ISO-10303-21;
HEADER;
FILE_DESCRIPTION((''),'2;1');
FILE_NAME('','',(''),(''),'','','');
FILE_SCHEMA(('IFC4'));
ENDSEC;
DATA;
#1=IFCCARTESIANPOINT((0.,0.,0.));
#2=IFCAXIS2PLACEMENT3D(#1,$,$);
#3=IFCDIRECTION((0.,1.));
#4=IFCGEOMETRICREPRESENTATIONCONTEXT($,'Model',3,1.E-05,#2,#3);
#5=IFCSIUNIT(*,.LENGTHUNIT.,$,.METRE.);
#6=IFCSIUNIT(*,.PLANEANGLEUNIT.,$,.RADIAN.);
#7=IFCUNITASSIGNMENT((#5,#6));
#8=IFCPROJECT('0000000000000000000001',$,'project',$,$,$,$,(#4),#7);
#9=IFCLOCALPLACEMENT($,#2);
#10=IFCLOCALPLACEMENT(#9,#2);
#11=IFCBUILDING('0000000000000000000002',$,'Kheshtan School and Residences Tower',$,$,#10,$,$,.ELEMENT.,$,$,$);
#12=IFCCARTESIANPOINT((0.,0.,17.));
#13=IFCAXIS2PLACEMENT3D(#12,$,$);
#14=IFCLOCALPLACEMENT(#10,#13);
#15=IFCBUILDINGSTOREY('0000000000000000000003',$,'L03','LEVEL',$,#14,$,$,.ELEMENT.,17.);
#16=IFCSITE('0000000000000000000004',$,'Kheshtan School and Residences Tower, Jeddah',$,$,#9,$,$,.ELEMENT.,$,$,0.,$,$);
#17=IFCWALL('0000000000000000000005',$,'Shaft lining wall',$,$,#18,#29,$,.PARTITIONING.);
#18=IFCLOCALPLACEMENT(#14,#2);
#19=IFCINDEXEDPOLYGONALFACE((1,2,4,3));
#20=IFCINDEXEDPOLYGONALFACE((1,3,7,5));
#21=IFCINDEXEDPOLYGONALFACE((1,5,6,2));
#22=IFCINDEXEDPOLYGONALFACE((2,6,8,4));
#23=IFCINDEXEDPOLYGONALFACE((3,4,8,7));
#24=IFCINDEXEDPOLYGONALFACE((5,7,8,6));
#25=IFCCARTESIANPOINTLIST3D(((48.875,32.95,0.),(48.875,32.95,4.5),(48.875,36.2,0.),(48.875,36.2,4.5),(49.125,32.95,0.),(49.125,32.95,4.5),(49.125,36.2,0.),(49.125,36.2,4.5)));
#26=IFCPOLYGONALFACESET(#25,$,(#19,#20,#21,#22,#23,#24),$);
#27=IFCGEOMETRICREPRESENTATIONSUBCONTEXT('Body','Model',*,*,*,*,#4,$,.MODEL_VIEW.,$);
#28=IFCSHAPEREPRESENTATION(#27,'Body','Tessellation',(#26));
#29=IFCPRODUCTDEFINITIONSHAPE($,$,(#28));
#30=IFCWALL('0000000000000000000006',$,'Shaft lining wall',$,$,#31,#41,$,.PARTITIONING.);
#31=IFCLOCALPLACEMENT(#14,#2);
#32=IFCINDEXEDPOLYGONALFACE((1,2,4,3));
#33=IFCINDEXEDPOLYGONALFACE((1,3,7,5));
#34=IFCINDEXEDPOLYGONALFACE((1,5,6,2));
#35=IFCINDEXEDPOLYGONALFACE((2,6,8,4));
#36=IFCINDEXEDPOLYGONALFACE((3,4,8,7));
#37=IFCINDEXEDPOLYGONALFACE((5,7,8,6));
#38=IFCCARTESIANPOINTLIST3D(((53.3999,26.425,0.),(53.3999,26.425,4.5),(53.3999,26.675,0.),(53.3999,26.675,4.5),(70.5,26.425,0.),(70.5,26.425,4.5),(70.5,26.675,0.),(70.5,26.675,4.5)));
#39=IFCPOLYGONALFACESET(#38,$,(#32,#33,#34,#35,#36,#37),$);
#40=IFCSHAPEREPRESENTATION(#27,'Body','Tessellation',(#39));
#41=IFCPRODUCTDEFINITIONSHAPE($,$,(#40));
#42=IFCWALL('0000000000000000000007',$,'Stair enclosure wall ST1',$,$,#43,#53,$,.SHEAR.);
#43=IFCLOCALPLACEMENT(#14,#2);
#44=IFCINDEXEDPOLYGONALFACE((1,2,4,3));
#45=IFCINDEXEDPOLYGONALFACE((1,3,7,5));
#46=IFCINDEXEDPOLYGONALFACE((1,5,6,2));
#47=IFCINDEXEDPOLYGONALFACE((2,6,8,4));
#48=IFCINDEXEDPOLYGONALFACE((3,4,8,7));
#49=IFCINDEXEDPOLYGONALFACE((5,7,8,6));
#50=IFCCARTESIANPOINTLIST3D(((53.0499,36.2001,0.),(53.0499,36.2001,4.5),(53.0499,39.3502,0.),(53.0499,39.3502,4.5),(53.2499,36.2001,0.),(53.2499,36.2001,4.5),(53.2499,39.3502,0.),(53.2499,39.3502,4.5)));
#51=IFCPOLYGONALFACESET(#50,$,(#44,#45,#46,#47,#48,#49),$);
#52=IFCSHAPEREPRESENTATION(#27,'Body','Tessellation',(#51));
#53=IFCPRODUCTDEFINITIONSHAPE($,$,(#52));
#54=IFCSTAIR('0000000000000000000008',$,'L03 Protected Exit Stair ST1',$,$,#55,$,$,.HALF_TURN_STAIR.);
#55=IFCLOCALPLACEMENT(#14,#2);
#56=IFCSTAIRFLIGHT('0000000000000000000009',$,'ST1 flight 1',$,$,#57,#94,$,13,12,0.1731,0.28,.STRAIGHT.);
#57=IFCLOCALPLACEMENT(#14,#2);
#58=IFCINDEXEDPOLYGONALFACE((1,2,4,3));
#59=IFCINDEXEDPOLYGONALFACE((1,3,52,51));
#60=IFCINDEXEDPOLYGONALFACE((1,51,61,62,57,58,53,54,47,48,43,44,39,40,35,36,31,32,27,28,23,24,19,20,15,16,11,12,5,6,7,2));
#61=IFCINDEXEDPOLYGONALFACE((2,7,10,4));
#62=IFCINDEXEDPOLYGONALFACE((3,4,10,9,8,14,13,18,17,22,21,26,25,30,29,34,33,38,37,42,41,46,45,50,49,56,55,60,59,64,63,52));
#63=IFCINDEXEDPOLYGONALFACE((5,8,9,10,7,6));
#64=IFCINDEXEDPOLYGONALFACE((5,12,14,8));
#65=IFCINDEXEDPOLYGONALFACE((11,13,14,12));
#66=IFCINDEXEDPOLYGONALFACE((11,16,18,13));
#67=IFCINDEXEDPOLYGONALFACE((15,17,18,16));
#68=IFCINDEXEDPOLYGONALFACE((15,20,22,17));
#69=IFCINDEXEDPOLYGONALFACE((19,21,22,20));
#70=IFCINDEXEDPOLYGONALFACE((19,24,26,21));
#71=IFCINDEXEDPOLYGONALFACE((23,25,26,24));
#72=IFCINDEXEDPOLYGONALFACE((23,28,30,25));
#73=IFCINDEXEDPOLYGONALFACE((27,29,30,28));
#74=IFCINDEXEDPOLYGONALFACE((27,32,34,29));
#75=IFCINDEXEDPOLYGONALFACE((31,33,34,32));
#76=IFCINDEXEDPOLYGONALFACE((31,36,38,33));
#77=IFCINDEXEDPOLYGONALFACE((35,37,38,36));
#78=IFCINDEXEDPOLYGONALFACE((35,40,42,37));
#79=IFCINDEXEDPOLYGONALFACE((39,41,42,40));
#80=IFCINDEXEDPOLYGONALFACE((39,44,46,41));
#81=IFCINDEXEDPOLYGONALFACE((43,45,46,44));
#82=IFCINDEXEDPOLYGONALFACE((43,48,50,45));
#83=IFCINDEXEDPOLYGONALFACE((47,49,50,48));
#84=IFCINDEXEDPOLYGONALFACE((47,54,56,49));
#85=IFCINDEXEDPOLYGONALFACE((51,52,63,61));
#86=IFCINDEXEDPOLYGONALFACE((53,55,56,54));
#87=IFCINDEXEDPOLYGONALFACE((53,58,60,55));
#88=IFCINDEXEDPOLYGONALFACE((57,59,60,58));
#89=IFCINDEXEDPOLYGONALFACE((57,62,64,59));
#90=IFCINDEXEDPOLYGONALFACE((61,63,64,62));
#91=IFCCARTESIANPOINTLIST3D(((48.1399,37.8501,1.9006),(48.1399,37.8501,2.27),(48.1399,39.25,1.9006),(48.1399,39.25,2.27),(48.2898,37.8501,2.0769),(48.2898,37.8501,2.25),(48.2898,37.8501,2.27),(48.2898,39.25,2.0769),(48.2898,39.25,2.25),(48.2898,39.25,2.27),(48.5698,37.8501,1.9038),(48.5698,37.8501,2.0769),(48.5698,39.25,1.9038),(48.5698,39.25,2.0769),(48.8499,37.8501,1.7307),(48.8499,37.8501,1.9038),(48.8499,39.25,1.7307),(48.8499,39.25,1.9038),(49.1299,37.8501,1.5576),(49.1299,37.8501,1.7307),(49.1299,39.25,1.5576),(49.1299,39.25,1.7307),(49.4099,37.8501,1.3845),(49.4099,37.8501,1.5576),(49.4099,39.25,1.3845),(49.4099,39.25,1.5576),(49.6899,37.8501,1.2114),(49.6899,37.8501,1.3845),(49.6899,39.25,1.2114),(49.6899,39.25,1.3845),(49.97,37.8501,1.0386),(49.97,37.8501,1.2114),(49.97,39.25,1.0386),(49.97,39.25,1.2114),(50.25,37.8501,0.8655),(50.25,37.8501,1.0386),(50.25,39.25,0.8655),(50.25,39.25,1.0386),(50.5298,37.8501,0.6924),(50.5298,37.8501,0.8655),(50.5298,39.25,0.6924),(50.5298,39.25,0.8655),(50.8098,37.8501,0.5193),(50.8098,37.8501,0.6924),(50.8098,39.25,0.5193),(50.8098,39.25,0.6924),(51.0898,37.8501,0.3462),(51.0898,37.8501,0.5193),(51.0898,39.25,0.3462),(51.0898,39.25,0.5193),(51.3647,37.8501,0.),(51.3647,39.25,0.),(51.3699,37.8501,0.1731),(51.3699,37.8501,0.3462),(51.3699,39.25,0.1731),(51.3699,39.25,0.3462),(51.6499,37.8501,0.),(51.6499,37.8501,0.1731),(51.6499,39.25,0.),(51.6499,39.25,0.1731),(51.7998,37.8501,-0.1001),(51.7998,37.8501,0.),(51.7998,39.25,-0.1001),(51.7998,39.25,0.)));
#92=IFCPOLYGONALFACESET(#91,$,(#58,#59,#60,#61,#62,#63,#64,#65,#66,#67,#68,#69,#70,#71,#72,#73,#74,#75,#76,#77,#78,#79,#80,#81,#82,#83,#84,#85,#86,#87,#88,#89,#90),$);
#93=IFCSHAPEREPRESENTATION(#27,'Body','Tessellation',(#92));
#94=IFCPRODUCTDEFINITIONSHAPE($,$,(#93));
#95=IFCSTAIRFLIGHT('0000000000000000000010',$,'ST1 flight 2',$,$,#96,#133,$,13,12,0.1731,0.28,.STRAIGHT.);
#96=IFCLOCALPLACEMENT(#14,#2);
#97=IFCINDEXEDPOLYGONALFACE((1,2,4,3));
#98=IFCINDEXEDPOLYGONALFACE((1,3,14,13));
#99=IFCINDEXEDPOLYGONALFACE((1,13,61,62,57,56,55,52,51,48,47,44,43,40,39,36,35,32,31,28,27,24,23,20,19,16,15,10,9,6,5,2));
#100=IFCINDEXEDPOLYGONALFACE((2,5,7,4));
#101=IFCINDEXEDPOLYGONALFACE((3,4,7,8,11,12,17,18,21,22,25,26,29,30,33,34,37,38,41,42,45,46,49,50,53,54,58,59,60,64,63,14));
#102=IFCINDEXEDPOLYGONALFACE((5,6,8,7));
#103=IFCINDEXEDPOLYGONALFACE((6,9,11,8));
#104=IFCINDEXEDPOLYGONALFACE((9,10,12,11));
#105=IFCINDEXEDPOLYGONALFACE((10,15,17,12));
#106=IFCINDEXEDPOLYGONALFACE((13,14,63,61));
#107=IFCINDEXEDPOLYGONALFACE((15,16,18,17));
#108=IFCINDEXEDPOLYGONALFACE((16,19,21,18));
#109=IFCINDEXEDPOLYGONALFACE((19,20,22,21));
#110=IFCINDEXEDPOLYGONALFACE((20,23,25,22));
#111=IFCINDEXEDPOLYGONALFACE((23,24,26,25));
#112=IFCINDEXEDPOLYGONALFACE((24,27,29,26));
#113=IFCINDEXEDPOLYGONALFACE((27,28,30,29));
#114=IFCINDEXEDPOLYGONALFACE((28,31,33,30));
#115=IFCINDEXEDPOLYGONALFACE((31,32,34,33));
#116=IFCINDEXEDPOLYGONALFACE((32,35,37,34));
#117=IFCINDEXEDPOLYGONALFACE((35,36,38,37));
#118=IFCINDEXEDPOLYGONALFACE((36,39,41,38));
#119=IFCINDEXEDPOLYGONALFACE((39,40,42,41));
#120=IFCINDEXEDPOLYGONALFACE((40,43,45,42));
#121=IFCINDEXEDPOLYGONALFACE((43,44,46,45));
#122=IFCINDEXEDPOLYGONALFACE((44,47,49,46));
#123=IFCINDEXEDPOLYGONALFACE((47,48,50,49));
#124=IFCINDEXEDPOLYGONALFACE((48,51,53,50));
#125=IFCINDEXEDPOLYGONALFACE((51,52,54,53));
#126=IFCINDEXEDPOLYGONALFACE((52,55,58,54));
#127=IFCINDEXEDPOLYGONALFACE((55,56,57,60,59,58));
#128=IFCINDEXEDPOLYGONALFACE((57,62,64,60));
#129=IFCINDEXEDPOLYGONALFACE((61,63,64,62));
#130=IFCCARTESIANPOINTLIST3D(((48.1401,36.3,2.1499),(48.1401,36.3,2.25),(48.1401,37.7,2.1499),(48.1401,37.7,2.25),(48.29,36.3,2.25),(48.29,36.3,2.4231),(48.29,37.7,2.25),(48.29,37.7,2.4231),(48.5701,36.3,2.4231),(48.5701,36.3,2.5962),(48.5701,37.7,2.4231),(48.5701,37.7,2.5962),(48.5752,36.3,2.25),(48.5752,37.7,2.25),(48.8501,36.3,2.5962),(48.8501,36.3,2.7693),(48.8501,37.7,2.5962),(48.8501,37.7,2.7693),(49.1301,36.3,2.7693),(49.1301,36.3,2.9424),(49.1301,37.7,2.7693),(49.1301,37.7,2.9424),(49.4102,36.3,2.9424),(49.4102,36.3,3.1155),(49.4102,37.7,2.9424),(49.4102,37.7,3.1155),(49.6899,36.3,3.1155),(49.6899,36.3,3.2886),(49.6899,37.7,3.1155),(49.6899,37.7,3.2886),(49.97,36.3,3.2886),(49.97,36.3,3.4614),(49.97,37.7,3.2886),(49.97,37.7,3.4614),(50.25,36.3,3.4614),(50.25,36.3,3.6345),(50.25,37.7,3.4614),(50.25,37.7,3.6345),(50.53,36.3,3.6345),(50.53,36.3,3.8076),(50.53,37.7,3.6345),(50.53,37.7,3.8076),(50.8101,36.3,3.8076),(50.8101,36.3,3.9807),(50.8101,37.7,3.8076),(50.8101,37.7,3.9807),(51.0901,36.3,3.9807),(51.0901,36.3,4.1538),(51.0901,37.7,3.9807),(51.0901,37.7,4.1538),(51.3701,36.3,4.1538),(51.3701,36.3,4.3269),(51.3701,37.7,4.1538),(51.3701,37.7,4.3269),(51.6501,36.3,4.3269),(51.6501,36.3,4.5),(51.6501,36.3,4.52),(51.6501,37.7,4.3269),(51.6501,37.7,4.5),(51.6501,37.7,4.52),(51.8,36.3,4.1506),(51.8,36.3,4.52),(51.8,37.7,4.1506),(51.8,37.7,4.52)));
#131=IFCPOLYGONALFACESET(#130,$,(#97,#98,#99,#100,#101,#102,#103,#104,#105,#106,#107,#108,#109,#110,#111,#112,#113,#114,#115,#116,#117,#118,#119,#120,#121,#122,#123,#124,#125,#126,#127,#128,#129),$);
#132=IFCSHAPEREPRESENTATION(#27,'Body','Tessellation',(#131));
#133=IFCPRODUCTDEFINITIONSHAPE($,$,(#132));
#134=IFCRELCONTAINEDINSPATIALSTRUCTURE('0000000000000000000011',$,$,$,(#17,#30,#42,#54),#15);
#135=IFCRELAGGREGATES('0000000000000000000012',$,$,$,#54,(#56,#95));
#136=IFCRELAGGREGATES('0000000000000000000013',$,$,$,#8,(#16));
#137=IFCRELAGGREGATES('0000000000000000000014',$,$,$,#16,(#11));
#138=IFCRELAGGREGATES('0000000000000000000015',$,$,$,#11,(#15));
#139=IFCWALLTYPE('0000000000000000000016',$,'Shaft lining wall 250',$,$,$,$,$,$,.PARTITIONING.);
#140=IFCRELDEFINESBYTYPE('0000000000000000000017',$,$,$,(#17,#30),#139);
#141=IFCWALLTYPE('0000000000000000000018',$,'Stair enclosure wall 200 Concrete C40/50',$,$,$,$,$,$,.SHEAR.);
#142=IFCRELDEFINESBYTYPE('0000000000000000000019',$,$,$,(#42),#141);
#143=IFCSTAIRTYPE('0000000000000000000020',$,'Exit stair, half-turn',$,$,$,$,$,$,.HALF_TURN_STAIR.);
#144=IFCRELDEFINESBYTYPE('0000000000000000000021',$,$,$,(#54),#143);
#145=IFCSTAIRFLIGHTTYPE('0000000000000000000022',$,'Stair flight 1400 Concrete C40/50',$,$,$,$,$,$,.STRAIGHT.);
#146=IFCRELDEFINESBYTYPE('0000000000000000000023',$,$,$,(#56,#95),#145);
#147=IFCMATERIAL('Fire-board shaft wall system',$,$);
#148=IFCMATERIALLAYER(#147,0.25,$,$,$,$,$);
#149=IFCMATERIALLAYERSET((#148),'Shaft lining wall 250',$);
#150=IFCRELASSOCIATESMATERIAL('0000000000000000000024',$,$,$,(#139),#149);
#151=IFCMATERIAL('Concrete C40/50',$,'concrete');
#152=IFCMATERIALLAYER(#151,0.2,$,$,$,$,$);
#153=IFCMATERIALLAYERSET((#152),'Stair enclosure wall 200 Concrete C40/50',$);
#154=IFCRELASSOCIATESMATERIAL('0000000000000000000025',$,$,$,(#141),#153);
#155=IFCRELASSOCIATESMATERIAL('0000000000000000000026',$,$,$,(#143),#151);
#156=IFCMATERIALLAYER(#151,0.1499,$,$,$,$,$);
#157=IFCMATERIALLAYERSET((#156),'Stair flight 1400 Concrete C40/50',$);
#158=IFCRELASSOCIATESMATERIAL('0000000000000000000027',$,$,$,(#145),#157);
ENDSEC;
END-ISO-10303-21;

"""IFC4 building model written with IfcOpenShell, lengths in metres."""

from ifc_helpers import new_model, si_unit, direction, frame, frame_2d, origin, place, context, subcontext, project, spatial, polyline, rectangle, outline, extrude, material, layer, layer_set, type_object, element, aggregate, save


model = new_model("IFC4")

# Units and contexts
model_context = context("Model", 3, precision=1e-05, world=origin(), true_north=direction((0.0, 1.0)))
body_context = subcontext(model_context, "Body", "Model", "MODEL_VIEW")
ifc_project = project(units=[si_unit("LENGTHUNIT", "METRE"), si_unit("PLANEANGLEUNIT", "RADIAN")], contexts=[model_context])

# Site, building, storey
site_placement = place(None, origin())
site = spatial("IfcSite", under=ifc_project, at=site_placement, Name="Kheshtan School and Residences Tower, Jeddah", CompositionType="ELEMENT", RefElevation=0.0)
building_placement = place(site_placement, origin())
building = spatial("IfcBuilding", under=site, at=building_placement, Name="Kheshtan School and Residences Tower", CompositionType="ELEMENT")
storey_placement = place(building_placement, frame((0.0, 0.0, 17.0)))
storey = spatial("IfcBuildingStorey", under=building, at=storey_placement, Name="L03", Description="LEVEL", CompositionType="ELEMENT", Elevation=17.0)

# Walls
ifc_material_1 = material(Name="Fire-board shaft wall system")
ifc_layer_1 = layer(ifc_material_1, 0.25)
ifc_layer_set_1 = layer_set([ifc_layer_1], Name="Shaft lining wall 250")
wall_type_1 = type_object("IfcWallType", Name="Shaft lining wall 250", PredefinedType="PARTITIONING", material=ifc_layer_set_1)
wall_1_placement = place(storey_placement, frame((49.0, 32.95, 0.0), z_axis=(0.0, 0.0, 1.0), x_axis=(0.0, 1.0, 0.0)))
element("IfcWall", 1, at=wall_1_placement, inside=storey, type_object=wall_type_1, Name="Shaft lining wall", PredefinedType="PARTITIONING", context=body_context, shape_type="SweptSolid", body=[
    extrude(rectangle(XDim=3.25, YDim=0.25, at=frame_2d((1.625, 0.0))), origin(), (0.0, 0.0, 1.0), 4.5),
])
wall_2_placement = place(storey_placement, frame((53.3999, 26.55, 0.0), z_axis=(0.0, 0.0, 1.0), x_axis=(1.0, 0.0, 0.0)))
element("IfcWall", 2, at=wall_2_placement, inside=storey, type_object=wall_type_1, Name="Shaft lining wall", PredefinedType="PARTITIONING", context=body_context, shape_type="SweptSolid", body=[
    extrude(rectangle(XDim=17.1001, YDim=0.25, at=frame_2d((8.55, 0.0))), origin(), (0.0, 0.0, 1.0), 4.5),
])
ifc_material_2 = material(Name="Concrete C40/50", Category="concrete")
ifc_layer_2 = layer(ifc_material_2, 0.2)
ifc_layer_set_2 = layer_set([ifc_layer_2], Name="Stair enclosure wall 200 Concrete C40/50")
wall_type_2 = type_object("IfcWallType", Name="Stair enclosure wall 200 Concrete C40/50", PredefinedType="SHEAR", material=ifc_layer_set_2)
wall_3_placement = place(storey_placement, frame((53.1499, 36.2, 0.0), z_axis=(0.0, 0.0, 1.0), x_axis=(0.0, 1.0, 0.0)))
element("IfcWall", 3, at=wall_3_placement, inside=storey, type_object=wall_type_2, Name="Stair enclosure wall ST1", PredefinedType="SHEAR", context=body_context, shape_type="SweptSolid", body=[
    extrude(rectangle(XDim=3.1501, YDim=0.2, at=frame_2d((1.5752, 0.0))), origin(), (0.0, 0.0, 1.0), 4.5),
])

# Stair, stair flights
stair_type = type_object("IfcStairType", Name="Exit stair, half-turn", PredefinedType="HALF_TURN_STAIR", material=ifc_material_2)
stair_placement = place(storey_placement, origin())
stair = element("IfcStair", 4, at=stair_placement, inside=storey, type_object=stair_type, Name="L03 Protected Exit Stair ST1", PredefinedType="HALF_TURN_STAIR")
ifc_layer_3 = layer(ifc_material_2, 0.1499)
ifc_layer_set_3 = layer_set([ifc_layer_3], Name="Stair flight 1400 Concrete C40/50")
stair_flight_type = type_object("IfcStairFlightType", Name="Stair flight 1400 Concrete C40/50", PredefinedType="STRAIGHT", material=ifc_layer_set_3)
stair_flight_1_placement = place(storey_placement, frame((51.6499, 38.55, 0.0), z_axis=(0.0, 0.0, 1.0), x_axis=(-1.0, 0.0, 0.0)))
stair_flight_1 = element("IfcStairFlight", 5, at=stair_flight_1_placement, type_object=stair_flight_type, Name="ST1 flight 1", NumberOfRisers=13, NumberOfTreads=12, PredefinedType="STRAIGHT", RiserHeight=0.1731, TreadLength=0.28, context=body_context, shape_type="SweptSolid", body=[
    extrude(outline(polyline([(-0.1499, -0.1001), (-0.1499, 0.0), (0.0, 0.0), (0.0, 0.1731), (0.28, 0.1731), (0.28, 0.3462), (0.5601, 0.3462), (0.5601, 0.5193), (0.8401, 0.5193), (0.8401, 0.6924), (1.1201, 0.6924), (1.1201, 0.8655), (1.3999, 0.8655), (1.3999, 1.0386), (1.6799, 1.0386), (1.6799, 1.2114), (1.96, 1.2114), (1.96, 1.3845), (2.24, 1.3845), (2.24, 1.5576), (2.52, 1.5576), (2.52, 1.7307), (2.8, 1.7307), (2.8, 1.9038), (3.0801, 1.9038), (3.0801, 2.0769), (3.3601, 2.0769), (3.3601, 2.25), (3.3601, 2.27), (3.51, 2.27), (3.51, 1.9006), (0.2852, 0.0), (-0.1499, -0.1001)])), frame((0.0, 0.7, 0.0), z_axis=(0.0, -1.0, 0.0), x_axis=(1.0, 0.0, 0.0)), (0.0, 0.0, 1.0), 1.3999),
])
stair_flight_2_placement = place(storey_placement, frame((48.29, 37.0, 2.25), z_axis=(0.0, 0.0, 1.0), x_axis=(1.0, 0.0, 0.0)))
stair_flight_2 = element("IfcStairFlight", 6, at=stair_flight_2_placement, type_object=stair_flight_type, Name="ST1 flight 2", NumberOfRisers=13, NumberOfTreads=12, PredefinedType="STRAIGHT", RiserHeight=0.1731, TreadLength=0.28, context=body_context, shape_type="SweptSolid", body=[
    extrude(outline(polyline([(-0.1499, -0.1001), (-0.1499, 0.0), (0.0, 0.0), (0.0, 0.1731), (0.28, 0.1731), (0.28, 0.3462), (0.5601, 0.3462), (0.5601, 0.5193), (0.8401, 0.5193), (0.8401, 0.6924), (1.1201, 0.6924), (1.1201, 0.8655), (1.3999, 0.8655), (1.3999, 1.0386), (1.6799, 1.0386), (1.6799, 1.2114), (1.96, 1.2114), (1.96, 1.3845), (2.24, 1.3845), (2.24, 1.5576), (2.52, 1.5576), (2.52, 1.7307), (2.8, 1.7307), (2.8, 1.9038), (3.0801, 1.9038), (3.0801, 2.0769), (3.3601, 2.0769), (3.3601, 2.25), (3.3601, 2.27), (3.51, 2.27), (3.51, 1.9006), (0.2852, 0.0), (-0.1499, -0.1001)])), frame((0.0, 0.7, 0.0), z_axis=(0.0, -1.0, 0.0), x_axis=(1.0, 0.0, 0.0)), (0.0, 0.0, 1.0), 1.3999),
])
aggregate(stair, [stair_flight_1, stair_flight_2])

save(model, "model.ifc")
